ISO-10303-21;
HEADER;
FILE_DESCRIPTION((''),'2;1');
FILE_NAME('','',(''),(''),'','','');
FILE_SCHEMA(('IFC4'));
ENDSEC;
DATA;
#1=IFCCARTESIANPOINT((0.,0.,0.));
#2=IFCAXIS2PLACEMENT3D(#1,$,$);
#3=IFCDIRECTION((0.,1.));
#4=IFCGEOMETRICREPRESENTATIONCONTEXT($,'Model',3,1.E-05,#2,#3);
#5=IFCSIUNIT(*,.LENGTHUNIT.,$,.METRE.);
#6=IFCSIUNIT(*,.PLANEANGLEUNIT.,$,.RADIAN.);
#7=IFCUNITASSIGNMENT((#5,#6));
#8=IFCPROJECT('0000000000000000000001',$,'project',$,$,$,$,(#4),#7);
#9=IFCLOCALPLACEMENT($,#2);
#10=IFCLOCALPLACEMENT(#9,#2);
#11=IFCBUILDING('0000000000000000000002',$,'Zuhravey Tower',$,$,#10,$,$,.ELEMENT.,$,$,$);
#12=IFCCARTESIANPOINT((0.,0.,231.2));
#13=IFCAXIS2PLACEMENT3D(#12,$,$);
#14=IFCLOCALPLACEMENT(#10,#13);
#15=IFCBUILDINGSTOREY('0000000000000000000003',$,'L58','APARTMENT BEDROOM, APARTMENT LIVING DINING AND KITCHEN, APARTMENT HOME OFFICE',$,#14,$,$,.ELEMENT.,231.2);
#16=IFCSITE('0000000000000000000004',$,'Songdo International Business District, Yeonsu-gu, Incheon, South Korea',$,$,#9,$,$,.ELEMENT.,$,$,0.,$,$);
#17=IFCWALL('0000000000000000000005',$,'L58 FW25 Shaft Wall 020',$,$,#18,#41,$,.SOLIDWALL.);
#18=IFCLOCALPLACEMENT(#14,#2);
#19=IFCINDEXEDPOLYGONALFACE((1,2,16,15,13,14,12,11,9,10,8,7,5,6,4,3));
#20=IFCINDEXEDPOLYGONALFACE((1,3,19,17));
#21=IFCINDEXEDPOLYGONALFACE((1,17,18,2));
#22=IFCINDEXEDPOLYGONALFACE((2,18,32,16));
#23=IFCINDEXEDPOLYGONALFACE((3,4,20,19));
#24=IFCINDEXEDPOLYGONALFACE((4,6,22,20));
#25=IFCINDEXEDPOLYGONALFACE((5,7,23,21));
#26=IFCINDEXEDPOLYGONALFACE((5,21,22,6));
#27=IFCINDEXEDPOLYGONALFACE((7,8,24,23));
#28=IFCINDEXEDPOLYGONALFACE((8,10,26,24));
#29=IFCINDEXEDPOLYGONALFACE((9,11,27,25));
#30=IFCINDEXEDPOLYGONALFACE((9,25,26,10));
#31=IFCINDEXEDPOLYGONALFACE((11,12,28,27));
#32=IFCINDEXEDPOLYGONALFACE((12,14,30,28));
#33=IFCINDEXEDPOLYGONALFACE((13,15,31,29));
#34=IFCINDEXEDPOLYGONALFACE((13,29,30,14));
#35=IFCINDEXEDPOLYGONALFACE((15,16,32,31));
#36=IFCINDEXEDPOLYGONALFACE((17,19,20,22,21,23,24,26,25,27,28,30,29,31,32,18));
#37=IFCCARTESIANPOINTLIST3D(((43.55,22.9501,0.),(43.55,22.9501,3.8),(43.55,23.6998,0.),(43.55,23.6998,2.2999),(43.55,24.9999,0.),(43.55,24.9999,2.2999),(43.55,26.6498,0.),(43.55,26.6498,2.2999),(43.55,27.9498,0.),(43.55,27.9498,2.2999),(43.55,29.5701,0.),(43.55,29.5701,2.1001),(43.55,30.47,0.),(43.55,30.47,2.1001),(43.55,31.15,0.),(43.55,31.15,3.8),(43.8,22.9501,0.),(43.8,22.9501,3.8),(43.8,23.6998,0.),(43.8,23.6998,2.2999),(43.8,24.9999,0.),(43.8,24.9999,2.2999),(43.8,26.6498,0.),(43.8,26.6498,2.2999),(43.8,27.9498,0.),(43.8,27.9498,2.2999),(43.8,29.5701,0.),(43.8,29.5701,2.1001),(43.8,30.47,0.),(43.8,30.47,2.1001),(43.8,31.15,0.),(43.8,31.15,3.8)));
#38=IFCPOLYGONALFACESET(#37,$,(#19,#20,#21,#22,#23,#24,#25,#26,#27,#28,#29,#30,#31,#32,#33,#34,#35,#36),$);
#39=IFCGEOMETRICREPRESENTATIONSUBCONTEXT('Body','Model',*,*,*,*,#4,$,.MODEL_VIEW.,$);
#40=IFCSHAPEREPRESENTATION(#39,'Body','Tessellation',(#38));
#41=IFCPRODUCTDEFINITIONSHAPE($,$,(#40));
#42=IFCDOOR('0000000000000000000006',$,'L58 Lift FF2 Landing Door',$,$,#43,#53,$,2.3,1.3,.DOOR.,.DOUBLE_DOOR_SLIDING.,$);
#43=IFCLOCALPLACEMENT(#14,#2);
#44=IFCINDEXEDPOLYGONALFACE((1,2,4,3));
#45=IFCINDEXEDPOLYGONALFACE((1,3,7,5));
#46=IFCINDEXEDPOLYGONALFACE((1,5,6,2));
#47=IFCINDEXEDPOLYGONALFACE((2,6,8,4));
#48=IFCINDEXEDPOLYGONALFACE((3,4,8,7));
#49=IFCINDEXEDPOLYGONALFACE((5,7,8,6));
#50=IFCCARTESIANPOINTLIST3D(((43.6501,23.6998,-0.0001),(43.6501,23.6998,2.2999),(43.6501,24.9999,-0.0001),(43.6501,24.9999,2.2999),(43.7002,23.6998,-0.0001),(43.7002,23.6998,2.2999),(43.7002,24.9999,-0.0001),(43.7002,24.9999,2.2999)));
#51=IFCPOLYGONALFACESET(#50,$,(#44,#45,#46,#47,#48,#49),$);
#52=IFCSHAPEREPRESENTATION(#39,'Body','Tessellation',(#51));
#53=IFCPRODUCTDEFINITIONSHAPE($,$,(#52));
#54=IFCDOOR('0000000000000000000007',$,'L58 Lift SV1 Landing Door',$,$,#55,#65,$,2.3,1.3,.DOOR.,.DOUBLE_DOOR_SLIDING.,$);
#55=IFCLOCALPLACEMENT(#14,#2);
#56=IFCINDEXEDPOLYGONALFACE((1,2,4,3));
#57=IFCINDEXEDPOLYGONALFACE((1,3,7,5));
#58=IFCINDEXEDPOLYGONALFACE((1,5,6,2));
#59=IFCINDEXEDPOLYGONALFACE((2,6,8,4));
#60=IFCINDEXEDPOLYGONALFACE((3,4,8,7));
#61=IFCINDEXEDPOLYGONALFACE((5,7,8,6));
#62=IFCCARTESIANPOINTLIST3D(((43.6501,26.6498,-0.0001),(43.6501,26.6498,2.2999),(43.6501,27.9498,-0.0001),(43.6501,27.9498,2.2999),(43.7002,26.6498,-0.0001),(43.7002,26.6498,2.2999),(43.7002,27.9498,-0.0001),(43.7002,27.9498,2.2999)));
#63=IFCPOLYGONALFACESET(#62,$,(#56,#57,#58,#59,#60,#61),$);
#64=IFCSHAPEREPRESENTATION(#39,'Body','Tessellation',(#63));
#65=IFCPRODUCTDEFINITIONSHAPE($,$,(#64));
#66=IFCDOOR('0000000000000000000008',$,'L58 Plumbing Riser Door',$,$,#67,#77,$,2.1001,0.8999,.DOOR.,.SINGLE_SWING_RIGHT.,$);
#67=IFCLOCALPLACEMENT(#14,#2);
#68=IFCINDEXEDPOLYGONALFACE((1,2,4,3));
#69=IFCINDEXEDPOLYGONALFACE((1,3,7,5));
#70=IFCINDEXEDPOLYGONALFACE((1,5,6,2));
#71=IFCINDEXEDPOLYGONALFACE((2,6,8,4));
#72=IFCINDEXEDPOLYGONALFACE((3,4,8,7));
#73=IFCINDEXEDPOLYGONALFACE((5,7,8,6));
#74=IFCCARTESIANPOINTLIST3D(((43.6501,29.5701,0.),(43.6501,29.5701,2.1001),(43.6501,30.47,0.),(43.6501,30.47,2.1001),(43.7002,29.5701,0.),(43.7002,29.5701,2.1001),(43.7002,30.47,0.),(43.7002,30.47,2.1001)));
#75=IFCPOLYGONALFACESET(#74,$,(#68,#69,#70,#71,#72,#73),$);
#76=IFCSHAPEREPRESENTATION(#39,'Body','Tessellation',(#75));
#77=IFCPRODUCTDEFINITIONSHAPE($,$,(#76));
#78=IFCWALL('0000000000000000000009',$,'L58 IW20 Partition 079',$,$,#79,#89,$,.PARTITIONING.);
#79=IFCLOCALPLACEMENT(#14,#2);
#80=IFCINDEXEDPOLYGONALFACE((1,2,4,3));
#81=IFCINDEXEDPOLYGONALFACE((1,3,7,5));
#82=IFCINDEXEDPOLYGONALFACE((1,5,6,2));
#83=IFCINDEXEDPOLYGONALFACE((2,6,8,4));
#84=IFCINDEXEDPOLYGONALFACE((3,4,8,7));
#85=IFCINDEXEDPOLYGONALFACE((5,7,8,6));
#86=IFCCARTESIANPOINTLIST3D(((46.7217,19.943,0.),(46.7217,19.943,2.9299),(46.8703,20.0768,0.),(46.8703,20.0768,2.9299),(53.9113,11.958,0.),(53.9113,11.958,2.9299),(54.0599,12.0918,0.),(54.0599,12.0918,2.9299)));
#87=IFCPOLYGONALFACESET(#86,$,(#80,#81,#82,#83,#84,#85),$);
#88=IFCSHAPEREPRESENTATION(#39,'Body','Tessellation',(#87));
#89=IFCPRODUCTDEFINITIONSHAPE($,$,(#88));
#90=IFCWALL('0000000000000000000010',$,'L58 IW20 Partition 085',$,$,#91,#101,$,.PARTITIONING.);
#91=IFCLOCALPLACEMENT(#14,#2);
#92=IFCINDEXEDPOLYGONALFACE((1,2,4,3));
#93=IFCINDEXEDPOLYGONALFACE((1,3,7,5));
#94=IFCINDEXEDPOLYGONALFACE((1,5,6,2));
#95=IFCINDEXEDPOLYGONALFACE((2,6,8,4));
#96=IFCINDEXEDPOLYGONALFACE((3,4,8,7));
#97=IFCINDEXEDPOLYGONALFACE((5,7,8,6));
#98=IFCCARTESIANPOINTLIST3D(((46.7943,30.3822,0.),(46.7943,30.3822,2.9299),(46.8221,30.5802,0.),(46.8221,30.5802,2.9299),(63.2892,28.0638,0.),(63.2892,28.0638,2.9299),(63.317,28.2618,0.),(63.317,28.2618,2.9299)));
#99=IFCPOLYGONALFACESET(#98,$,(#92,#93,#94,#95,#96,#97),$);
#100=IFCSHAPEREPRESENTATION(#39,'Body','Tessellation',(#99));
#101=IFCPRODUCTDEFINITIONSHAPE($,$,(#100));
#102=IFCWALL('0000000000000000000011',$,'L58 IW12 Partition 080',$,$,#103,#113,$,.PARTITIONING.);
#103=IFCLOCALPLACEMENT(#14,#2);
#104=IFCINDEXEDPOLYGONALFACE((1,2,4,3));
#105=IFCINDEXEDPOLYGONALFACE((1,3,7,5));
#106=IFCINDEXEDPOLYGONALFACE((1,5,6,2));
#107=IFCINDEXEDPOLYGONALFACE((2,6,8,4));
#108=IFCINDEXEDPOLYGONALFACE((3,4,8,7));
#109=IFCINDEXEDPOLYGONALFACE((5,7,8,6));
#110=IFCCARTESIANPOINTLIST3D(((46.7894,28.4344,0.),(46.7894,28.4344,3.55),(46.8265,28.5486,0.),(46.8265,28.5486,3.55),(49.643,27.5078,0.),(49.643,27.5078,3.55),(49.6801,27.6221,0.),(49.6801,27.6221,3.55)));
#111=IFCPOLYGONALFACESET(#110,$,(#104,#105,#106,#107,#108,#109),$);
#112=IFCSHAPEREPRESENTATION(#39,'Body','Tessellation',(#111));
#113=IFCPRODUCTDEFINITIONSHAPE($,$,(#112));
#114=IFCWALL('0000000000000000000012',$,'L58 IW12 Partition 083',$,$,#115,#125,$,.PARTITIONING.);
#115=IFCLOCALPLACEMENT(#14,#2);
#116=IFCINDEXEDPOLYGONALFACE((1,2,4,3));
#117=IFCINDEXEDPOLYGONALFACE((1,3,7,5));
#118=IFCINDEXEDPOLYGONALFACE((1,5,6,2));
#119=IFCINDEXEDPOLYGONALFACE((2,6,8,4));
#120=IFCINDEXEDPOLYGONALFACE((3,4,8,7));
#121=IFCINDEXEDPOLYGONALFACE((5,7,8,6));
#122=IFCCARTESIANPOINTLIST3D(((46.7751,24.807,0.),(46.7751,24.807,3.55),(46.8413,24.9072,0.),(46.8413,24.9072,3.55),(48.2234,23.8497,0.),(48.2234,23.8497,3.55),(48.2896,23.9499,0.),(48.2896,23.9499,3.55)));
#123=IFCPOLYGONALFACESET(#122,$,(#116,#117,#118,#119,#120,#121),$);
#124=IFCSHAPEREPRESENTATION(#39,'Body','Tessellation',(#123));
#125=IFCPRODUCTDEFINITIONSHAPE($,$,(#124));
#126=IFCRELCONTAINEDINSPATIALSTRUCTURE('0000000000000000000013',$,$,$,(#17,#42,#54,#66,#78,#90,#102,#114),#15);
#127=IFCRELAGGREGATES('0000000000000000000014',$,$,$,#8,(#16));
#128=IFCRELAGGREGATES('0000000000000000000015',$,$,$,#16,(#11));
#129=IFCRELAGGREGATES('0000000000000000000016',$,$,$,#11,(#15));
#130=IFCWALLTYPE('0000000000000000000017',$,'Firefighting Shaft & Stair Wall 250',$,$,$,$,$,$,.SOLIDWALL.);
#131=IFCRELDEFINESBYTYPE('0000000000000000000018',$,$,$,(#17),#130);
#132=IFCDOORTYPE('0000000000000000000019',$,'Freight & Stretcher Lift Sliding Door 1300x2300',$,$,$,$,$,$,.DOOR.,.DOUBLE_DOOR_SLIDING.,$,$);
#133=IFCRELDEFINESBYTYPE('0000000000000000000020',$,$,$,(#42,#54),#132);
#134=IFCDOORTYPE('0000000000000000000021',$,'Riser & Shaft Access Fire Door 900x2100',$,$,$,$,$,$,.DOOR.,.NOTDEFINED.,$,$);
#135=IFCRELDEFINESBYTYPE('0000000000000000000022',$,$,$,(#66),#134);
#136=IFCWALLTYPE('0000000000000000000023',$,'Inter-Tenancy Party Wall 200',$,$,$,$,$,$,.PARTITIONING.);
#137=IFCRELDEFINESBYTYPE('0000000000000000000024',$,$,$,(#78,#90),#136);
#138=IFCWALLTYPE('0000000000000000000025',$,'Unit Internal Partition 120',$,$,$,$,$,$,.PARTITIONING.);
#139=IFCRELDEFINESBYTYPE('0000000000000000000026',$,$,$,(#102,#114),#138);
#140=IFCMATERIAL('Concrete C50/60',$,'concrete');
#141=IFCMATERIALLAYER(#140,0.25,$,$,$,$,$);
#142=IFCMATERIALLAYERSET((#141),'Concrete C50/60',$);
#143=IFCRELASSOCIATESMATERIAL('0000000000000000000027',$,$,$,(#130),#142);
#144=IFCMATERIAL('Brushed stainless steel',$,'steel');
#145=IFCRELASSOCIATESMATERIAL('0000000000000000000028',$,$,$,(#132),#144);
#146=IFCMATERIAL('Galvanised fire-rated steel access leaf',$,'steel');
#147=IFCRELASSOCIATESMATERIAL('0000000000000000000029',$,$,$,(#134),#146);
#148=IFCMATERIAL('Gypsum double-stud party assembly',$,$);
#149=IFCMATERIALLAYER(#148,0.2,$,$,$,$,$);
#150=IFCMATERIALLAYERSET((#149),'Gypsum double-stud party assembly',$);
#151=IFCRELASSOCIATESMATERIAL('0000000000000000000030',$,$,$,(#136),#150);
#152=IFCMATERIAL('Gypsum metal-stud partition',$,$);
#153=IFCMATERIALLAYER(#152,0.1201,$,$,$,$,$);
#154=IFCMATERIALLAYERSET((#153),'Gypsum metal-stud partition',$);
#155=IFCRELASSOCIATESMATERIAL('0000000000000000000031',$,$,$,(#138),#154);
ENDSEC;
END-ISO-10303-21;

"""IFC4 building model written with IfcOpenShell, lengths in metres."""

from ifc_helpers import new_model, si_unit, direction, frame, frame_2d, origin, place, context, subcontext, project, spatial, rectangle, extrude, material, layer, layer_set, type_object, element, fill, save


model = new_model("IFC4")

# Units and contexts
model_context = context("Model", 3, precision=1e-05, world=origin(), true_north=direction((0.0, 1.0)))
body_context = subcontext(model_context, "Body", "Model", "MODEL_VIEW")
ifc_project = project(units=[si_unit("LENGTHUNIT", "METRE"), si_unit("PLANEANGLEUNIT", "RADIAN")], contexts=[model_context])

# Site, building, storey
site_placement = place(None, origin())
site = spatial("IfcSite", under=ifc_project, at=site_placement, Name="Songdo International Business District, Yeonsu-gu, Incheon, South Korea", CompositionType="ELEMENT", RefElevation=0.0)
building_placement = place(site_placement, origin())
building = spatial("IfcBuilding", under=site, at=building_placement, Name="Zuhravey Tower", CompositionType="ELEMENT")
storey_placement = place(building_placement, frame((0.0, 0.0, 231.2)))
storey = spatial("IfcBuildingStorey", under=building, at=storey_placement, Name="L58", Description="APARTMENT BEDROOM, APARTMENT LIVING DINING AND KITCHEN, APARTMENT HOME OFFICE", CompositionType="ELEMENT", Elevation=231.2)

# Shared definitions
ifc_material_1 = material(Name="Concrete C50/60", Category="concrete")

# Shared definitions
ifc_layer_1 = layer(ifc_material_1, 0.25)
ifc_layer_set_1 = layer_set([ifc_layer_1], Name="Concrete C50/60")
wall_type_1 = type_object("IfcWallType", Name="Firefighting Shaft & Stair Wall 250", PredefinedType="SOLIDWALL", material=ifc_layer_set_1)

# Wall, openings, doors
wall_1_placement = place(storey_placement, frame((43.675, 22.95, 0.0), z_axis=(0.0, 0.0, 1.0), x_axis=(0.0, 1.0, 0.0)))
wall_1 = element("IfcWall", 1, at=wall_1_placement, inside=storey, type_object=wall_type_1, Name="L58 FW25 Shaft Wall 020", PredefinedType="SOLIDWALL", context=body_context, shape_type="SweptSolid", body=[
    extrude(rectangle(XDim=8.2, YDim=0.25, at=frame_2d((4.1001, 0.0))), origin(), (0.0, 0.0, 1.0), 3.8),
])
opening_1_placement = place(wall_1_placement, frame((0.75, 0.0, 0.0)))
opening_1 = element("IfcOpeningElement", 2, at=opening_1_placement, cuts=wall_1, PredefinedType="OPENING", context=body_context, shape_type="SweptSolid", body=[
    extrude(rectangle(XDim=1.3, YDim=2.3, at=frame_2d((0.6499, 1.1499))), frame((0.0, 0.137, 0.0), z_axis=(0.0, -1.0, 0.0), x_axis=(1.0, 0.0, 0.0)), (0.0, 0.0, 1.0), 0.2739),
])
opening_2_placement = place(wall_1_placement, frame((3.7, 0.0, 0.0)))
opening_2 = element("IfcOpeningElement", 3, at=opening_2_placement, cuts=wall_1, PredefinedType="OPENING", context=body_context, shape_type="SweptSolid", body=[
    extrude(rectangle(XDim=1.3, YDim=2.3, at=frame_2d((0.6499, 1.1499))), frame((0.0, 0.137, 0.0), z_axis=(0.0, -1.0, 0.0), x_axis=(1.0, 0.0, 0.0)), (0.0, 0.0, 1.0), 0.2739),
])
opening_3_placement = place(wall_1_placement, frame((6.6201, 0.0, 0.0)))
opening_3 = element("IfcOpeningElement", 4, at=opening_3_placement, cuts=wall_1, PredefinedType="OPENING", context=body_context, shape_type="SweptSolid", body=[
    extrude(rectangle(XDim=0.8999, YDim=2.1001, at=frame_2d((0.45, 1.05))), frame((0.0, 0.137, 0.0), z_axis=(0.0, -1.0, 0.0), x_axis=(1.0, 0.0, 0.0)), (0.0, 0.0, 1.0), 0.2739),
])
ifc_material_2 = material(Name="Brushed stainless steel", Category="steel")
door_type_1 = type_object("IfcDoorType", Name="Freight & Stretcher Lift Sliding Door 1300x2300", OperationType="DOUBLE_DOOR_SLIDING", PredefinedType="DOOR", material=ifc_material_2)
door_1_placement = place(opening_1_placement, origin())
door_1 = element("IfcDoor", 5, at=door_1_placement, inside=storey, type_object=door_type_1, Name="L58 Lift FF2 Landing Door", OperationType="DOUBLE_DOOR_SLIDING", OverallHeight=2.3, OverallWidth=1.3, PredefinedType="DOOR", context=body_context, shape_type="SweptSolid", body=[
    extrude(rectangle(XDim=1.3, YDim=2.3, at=frame_2d((0.6499, 1.1499))), frame((0.0, 0.0249, 0.0), z_axis=(0.0, -1.0, 0.0), x_axis=(1.0, 0.0, 0.0)), (0.0, 0.0, 1.0), 0.05),
])
fill(opening_1, door_1)
door_2_placement = place(opening_2_placement, origin())
door_2 = element("IfcDoor", 6, at=door_2_placement, inside=storey, type_object=door_type_1, Name="L58 Lift SV1 Landing Door", OperationType="DOUBLE_DOOR_SLIDING", OverallHeight=2.3, OverallWidth=1.3, PredefinedType="DOOR", context=body_context, shape_type="SweptSolid", body=[
    extrude(rectangle(XDim=1.3, YDim=2.3, at=frame_2d((0.6499, 1.1499))), frame((0.0, 0.0249, 0.0), z_axis=(0.0, -1.0, 0.0), x_axis=(1.0, 0.0, 0.0)), (0.0, 0.0, 1.0), 0.05),
])
fill(opening_2, door_2)
ifc_material_3 = material(Name="Galvanised fire-rated steel access leaf", Category="steel")
door_type_2 = type_object("IfcDoorType", Name="Riser & Shaft Access Fire Door 900x2100", OperationType="NOTDEFINED", PredefinedType="DOOR", material=ifc_material_3)
door_3_placement = place(opening_3_placement, origin())
door_3 = element("IfcDoor", 7, at=door_3_placement, inside=storey, type_object=door_type_2, Name="L58 Plumbing Riser Door", OperationType="SINGLE_SWING_RIGHT", OverallHeight=2.1001, OverallWidth=0.8999, PredefinedType="DOOR", context=body_context, shape_type="SweptSolid", body=[
    extrude(rectangle(XDim=0.8999, YDim=2.1001, at=frame_2d((0.45, 1.05))), frame((0.0, 0.0249, 0.0), z_axis=(0.0, -1.0, 0.0), x_axis=(1.0, 0.0, 0.0)), (0.0, 0.0, 1.0), 0.05),
])
fill(opening_3, door_3)

# Walls
ifc_material_4 = material(Name="Gypsum double-stud party assembly")
ifc_layer_2 = layer(ifc_material_4, 0.2)
ifc_layer_set_2 = layer_set([ifc_layer_2], Name="Gypsum double-stud party assembly")
wall_type_2 = type_object("IfcWallType", Name="Inter-Tenancy Party Wall 200", PredefinedType="PARTITIONING", material=ifc_layer_set_2)
wall_2_placement = place(storey_placement, frame((46.7959, 20.01, 0.0), z_axis=(0.0, 0.0, 1.0), x_axis=(0.669124, -0.743151, 0.0)))
element("IfcWall", 8, at=wall_2_placement, inside=storey, type_object=wall_type_2, Name="L58 IW20 Partition 079", PredefinedType="PARTITIONING", context=body_context, shape_type="SweptSolid", body=[
    extrude(rectangle(XDim=10.7449, YDim=0.2, at=frame_2d((5.3726, 0.0))), origin(), (0.0, 0.0, 1.0), 2.9299),
])
wall_3_placement = place(storey_placement, frame((46.8081, 30.4812, 0.0), z_axis=(0.0, 0.0, 1.0), x_axis=(0.990267, -0.139182, 0.0)))
element("IfcWall", 9, at=wall_3_placement, inside=storey, type_object=wall_type_2, Name="L58 IW20 Partition 085", PredefinedType="PARTITIONING", context=body_context, shape_type="SweptSolid", body=[
    extrude(rectangle(XDim=16.657, YDim=0.2, at=frame_2d((8.3286, 0.0))), origin(), (0.0, 0.0, 1.0), 2.9299),
])
ifc_material_5 = material(Name="Gypsum metal-stud partition")
ifc_layer_3 = layer(ifc_material_5, 0.1201)
ifc_layer_set_3 = layer_set([ifc_layer_3], Name="Gypsum metal-stud partition")
wall_type_3 = type_object("IfcWallType", Name="Unit Internal Partition 120", PredefinedType="PARTITIONING", material=ifc_layer_set_3)
wall_4_placement = place(storey_placement, frame((46.8081, 28.4915, 0.0), z_axis=(0.0, 0.0, 1.0), x_axis=(0.95112, -0.308821, 0.0)))
element("IfcWall", 10, at=wall_4_placement, inside=storey, type_object=wall_type_3, Name="L58 IW12 Partition 080", PredefinedType="PARTITIONING", context=body_context, shape_type="SweptSolid", body=[
    extrude(rectangle(XDim=3.0002, YDim=0.1201, at=frame_2d((1.5, 0.0))), origin(), (0.0, 0.0, 1.0), 3.55),
])
wall_5_placement = place(storey_placement, frame((46.8081, 24.8572, 0.0), z_axis=(0.0, 0.0, 1.0), x_axis=(0.834229, -0.551418, 0.0)))
element("IfcWall", 11, at=wall_5_placement, inside=storey, type_object=wall_type_3, Name="L58 IW12 Partition 083", PredefinedType="PARTITIONING", context=body_context, shape_type="SweptSolid", body=[
    extrude(rectangle(XDim=1.7361, YDim=0.1201, at=frame_2d((0.8682, 0.0))), origin(), (0.0, 0.0, 1.0), 3.55),
])

save(model, "model.ifc")
